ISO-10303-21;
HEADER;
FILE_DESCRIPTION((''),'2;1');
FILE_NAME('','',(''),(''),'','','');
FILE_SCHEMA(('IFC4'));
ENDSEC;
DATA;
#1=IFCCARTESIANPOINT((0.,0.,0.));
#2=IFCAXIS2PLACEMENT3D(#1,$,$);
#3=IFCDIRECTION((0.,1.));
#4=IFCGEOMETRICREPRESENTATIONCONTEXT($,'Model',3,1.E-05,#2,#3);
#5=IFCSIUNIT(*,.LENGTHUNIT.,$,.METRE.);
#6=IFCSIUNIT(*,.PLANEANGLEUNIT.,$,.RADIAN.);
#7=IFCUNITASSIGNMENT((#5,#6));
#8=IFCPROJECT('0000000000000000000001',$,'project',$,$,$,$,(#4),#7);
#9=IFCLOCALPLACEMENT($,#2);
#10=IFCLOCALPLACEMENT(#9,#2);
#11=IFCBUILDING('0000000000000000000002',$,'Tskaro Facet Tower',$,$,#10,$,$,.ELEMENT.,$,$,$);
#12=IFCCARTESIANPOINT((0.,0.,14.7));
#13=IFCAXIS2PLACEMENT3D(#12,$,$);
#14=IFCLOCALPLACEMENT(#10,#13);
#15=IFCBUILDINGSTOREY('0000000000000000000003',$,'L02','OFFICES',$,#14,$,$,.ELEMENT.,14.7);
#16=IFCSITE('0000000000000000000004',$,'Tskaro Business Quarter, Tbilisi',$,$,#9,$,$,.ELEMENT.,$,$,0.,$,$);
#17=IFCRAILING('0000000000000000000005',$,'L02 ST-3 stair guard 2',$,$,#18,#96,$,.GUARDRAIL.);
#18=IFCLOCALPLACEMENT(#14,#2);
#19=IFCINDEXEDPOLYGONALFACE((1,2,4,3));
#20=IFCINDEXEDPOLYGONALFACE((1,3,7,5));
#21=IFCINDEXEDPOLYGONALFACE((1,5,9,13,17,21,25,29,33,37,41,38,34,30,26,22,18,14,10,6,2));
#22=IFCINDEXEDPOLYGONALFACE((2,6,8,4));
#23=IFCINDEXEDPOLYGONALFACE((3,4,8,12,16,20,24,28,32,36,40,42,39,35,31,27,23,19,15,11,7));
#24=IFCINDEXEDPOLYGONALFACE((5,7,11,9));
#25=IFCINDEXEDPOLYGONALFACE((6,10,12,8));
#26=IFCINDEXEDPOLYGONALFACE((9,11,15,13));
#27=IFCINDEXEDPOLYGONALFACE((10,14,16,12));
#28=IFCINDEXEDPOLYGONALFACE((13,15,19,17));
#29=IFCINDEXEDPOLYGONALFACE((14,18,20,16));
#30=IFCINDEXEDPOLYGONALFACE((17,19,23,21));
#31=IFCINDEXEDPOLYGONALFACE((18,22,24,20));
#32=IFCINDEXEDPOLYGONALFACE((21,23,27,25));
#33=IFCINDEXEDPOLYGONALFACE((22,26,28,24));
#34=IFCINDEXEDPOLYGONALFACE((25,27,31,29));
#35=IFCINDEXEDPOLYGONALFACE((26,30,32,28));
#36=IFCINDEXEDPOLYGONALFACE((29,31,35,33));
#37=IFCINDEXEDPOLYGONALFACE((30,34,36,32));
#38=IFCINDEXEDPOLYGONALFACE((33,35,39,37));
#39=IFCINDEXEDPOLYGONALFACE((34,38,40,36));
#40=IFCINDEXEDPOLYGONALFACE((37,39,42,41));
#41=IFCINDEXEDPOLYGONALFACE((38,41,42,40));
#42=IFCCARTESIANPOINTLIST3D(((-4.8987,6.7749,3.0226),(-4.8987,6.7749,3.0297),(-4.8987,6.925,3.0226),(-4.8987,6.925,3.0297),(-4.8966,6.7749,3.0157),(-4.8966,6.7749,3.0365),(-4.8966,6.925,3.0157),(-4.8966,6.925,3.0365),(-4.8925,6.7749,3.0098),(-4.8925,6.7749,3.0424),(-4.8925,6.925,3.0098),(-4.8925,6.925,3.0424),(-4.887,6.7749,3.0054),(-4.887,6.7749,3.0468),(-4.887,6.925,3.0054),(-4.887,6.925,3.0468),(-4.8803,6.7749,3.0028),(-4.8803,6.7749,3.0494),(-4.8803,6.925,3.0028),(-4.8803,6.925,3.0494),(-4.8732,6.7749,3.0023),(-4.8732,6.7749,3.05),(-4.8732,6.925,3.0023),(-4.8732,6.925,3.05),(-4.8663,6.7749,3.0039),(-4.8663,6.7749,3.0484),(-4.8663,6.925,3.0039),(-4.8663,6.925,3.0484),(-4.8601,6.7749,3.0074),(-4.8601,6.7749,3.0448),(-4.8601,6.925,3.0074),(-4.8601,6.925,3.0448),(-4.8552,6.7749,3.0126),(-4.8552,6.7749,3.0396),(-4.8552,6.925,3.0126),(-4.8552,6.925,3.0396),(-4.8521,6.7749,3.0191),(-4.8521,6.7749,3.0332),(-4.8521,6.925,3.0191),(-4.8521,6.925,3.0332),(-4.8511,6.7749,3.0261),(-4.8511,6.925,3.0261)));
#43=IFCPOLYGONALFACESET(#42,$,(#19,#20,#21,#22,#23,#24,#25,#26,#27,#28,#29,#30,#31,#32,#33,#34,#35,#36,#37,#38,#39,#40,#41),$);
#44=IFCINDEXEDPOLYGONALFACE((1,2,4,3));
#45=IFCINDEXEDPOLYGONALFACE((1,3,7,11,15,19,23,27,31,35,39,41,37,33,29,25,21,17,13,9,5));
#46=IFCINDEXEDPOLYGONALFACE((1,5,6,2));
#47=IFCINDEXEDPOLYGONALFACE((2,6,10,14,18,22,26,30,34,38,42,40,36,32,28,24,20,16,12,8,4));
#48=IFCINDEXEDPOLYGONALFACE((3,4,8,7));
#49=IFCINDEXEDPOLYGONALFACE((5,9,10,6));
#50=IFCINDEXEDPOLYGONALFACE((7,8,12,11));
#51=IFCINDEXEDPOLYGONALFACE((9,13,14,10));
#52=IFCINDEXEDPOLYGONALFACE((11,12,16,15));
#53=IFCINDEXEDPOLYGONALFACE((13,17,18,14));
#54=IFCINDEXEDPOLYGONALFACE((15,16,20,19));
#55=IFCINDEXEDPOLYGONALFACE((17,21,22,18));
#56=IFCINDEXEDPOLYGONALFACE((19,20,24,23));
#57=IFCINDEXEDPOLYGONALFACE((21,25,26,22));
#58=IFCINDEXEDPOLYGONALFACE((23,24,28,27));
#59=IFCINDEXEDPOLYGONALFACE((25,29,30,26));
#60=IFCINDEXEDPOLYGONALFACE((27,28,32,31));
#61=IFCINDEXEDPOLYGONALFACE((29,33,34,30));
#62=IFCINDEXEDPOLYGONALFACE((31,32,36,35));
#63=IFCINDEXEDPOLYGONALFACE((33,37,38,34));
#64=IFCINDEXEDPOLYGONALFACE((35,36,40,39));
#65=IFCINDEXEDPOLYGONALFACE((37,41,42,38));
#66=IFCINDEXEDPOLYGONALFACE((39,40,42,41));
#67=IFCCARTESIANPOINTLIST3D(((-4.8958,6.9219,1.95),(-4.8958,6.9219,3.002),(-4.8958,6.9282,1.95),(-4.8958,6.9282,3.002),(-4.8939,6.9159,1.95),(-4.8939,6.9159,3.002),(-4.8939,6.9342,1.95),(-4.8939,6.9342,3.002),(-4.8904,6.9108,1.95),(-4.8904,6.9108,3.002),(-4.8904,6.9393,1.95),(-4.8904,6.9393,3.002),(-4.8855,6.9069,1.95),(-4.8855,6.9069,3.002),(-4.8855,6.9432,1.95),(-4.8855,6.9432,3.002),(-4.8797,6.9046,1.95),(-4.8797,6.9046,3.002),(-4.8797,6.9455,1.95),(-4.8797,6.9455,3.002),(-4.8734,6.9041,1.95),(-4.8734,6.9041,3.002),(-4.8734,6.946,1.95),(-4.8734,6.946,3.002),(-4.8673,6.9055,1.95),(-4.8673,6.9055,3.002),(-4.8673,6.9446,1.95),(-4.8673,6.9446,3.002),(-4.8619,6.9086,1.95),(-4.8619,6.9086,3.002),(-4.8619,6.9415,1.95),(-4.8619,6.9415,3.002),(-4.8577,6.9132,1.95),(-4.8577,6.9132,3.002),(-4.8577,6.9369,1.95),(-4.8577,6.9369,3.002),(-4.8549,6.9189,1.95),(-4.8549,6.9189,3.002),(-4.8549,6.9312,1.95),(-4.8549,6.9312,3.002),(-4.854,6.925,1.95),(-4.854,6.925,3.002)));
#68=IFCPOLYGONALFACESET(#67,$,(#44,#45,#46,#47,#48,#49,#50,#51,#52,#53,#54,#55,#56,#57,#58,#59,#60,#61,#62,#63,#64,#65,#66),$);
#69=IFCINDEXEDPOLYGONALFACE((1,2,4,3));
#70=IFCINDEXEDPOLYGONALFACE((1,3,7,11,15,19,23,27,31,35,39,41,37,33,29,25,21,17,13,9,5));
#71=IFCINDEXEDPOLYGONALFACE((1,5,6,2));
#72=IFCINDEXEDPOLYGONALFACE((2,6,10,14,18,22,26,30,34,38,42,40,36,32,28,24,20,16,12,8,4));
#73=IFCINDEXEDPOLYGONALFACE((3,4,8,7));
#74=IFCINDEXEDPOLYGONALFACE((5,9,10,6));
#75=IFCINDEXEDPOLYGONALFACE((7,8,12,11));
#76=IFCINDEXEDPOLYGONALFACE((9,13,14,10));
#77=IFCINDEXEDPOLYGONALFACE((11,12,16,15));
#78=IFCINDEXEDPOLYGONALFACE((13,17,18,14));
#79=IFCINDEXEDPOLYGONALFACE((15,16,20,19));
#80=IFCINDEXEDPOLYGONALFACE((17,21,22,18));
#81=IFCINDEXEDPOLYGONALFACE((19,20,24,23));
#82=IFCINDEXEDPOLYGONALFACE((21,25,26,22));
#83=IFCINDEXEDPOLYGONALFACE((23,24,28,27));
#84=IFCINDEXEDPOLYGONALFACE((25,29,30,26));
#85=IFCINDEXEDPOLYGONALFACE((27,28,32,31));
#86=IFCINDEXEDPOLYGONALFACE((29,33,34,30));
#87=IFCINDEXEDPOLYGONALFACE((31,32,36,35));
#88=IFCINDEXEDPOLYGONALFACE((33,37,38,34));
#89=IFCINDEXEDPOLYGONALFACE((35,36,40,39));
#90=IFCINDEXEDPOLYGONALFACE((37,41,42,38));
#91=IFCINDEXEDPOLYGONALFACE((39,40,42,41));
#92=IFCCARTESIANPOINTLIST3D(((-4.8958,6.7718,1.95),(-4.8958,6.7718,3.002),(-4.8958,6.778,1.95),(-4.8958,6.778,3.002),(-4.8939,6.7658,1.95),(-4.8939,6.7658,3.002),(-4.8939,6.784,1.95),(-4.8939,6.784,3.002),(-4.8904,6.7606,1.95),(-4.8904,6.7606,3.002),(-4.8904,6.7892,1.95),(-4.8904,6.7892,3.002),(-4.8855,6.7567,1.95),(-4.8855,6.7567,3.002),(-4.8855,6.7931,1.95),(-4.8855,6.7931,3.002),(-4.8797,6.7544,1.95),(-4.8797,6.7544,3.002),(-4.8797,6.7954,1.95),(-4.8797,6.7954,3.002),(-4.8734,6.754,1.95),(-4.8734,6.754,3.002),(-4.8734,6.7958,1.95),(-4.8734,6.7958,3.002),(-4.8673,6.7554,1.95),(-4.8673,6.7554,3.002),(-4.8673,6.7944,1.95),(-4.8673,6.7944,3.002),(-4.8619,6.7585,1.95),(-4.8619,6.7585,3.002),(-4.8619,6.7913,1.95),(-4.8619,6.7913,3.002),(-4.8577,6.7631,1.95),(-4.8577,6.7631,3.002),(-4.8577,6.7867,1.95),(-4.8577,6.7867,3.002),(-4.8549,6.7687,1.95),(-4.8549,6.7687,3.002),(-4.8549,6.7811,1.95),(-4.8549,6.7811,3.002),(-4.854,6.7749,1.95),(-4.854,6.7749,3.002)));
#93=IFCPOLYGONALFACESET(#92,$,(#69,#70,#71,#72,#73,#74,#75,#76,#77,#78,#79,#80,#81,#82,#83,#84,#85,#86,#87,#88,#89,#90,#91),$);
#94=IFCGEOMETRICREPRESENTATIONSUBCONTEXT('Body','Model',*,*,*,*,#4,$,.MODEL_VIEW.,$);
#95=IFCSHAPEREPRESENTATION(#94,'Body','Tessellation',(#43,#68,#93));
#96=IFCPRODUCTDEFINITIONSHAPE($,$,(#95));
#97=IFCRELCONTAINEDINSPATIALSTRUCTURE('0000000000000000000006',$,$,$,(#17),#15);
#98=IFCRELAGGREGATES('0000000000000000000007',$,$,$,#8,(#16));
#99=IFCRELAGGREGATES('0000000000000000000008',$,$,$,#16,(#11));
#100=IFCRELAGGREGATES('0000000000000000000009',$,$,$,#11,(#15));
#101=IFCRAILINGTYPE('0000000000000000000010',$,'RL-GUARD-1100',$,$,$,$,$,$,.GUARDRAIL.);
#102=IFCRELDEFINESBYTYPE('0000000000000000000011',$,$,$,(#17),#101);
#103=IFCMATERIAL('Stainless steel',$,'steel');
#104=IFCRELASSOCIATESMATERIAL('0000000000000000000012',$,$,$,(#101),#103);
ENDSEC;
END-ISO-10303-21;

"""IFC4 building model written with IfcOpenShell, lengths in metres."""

from ifc_helpers import new_model, si_unit, direction, frame, origin, origin_2d, place, context, subcontext, project, spatial, circle, extrude, material, type_object, element, save


model = new_model("IFC4")

# Units and contexts
model_context = context("Model", 3, precision=1e-05, world=origin(), true_north=direction((0.0, 1.0)))
body_context = subcontext(model_context, "Body", "Model", "MODEL_VIEW")
ifc_project = project(units=[si_unit("LENGTHUNIT", "METRE"), si_unit("PLANEANGLEUNIT", "RADIAN")], contexts=[model_context])

# Site, building, storey
site_placement = place(None, origin())
site = spatial("IfcSite", under=ifc_project, at=site_placement, Name="Tskaro Business Quarter, Tbilisi", CompositionType="ELEMENT", RefElevation=0.0)
building_placement = place(site_placement, origin())
building = spatial("IfcBuilding", under=site, at=building_placement, Name="Tskaro Facet Tower", CompositionType="ELEMENT")
storey_placement = place(building_placement, frame((0.0, 0.0, 14.7)))
storey = spatial("IfcBuildingStorey", under=building, at=storey_placement, Name="L02", Description="OFFICES", CompositionType="ELEMENT", Elevation=14.7)

# Railing
ifc_material_1 = material(Name="Stainless steel", Category="steel")
railing_type_1 = type_object("IfcRailingType", Name="RL-GUARD-1100", PredefinedType="GUARDRAIL", material=ifc_material_1)
railing_1_placement = place(storey_placement, frame((-4.875, 6.925, 1.95)))
element("IfcRailing", 1, at=railing_1_placement, inside=storey, type_object=railing_type_1, Name="L02 ST-3 stair guard 2", PredefinedType="GUARDRAIL", context=body_context, shape_type="SweptSolid", body=[
    extrude(circle(Radius=0.0239, at=origin_2d()), frame((0.0, 0.0, 1.0762), z_axis=(0.0, -1.0, 0.0), x_axis=(1.0, 0.0, 0.0)), (0.0, 0.0, 1.0), 0.1501),
    extrude(circle(Radius=0.021, at=origin_2d()), origin(), (0.0, 0.0, 1.0), 1.052),
    extrude(circle(Radius=0.021, at=origin_2d()), frame((0.0, -0.1501, 0.0)), (0.0, 0.0, 1.0), 1.052),
])

save(model, "model.ifc")
